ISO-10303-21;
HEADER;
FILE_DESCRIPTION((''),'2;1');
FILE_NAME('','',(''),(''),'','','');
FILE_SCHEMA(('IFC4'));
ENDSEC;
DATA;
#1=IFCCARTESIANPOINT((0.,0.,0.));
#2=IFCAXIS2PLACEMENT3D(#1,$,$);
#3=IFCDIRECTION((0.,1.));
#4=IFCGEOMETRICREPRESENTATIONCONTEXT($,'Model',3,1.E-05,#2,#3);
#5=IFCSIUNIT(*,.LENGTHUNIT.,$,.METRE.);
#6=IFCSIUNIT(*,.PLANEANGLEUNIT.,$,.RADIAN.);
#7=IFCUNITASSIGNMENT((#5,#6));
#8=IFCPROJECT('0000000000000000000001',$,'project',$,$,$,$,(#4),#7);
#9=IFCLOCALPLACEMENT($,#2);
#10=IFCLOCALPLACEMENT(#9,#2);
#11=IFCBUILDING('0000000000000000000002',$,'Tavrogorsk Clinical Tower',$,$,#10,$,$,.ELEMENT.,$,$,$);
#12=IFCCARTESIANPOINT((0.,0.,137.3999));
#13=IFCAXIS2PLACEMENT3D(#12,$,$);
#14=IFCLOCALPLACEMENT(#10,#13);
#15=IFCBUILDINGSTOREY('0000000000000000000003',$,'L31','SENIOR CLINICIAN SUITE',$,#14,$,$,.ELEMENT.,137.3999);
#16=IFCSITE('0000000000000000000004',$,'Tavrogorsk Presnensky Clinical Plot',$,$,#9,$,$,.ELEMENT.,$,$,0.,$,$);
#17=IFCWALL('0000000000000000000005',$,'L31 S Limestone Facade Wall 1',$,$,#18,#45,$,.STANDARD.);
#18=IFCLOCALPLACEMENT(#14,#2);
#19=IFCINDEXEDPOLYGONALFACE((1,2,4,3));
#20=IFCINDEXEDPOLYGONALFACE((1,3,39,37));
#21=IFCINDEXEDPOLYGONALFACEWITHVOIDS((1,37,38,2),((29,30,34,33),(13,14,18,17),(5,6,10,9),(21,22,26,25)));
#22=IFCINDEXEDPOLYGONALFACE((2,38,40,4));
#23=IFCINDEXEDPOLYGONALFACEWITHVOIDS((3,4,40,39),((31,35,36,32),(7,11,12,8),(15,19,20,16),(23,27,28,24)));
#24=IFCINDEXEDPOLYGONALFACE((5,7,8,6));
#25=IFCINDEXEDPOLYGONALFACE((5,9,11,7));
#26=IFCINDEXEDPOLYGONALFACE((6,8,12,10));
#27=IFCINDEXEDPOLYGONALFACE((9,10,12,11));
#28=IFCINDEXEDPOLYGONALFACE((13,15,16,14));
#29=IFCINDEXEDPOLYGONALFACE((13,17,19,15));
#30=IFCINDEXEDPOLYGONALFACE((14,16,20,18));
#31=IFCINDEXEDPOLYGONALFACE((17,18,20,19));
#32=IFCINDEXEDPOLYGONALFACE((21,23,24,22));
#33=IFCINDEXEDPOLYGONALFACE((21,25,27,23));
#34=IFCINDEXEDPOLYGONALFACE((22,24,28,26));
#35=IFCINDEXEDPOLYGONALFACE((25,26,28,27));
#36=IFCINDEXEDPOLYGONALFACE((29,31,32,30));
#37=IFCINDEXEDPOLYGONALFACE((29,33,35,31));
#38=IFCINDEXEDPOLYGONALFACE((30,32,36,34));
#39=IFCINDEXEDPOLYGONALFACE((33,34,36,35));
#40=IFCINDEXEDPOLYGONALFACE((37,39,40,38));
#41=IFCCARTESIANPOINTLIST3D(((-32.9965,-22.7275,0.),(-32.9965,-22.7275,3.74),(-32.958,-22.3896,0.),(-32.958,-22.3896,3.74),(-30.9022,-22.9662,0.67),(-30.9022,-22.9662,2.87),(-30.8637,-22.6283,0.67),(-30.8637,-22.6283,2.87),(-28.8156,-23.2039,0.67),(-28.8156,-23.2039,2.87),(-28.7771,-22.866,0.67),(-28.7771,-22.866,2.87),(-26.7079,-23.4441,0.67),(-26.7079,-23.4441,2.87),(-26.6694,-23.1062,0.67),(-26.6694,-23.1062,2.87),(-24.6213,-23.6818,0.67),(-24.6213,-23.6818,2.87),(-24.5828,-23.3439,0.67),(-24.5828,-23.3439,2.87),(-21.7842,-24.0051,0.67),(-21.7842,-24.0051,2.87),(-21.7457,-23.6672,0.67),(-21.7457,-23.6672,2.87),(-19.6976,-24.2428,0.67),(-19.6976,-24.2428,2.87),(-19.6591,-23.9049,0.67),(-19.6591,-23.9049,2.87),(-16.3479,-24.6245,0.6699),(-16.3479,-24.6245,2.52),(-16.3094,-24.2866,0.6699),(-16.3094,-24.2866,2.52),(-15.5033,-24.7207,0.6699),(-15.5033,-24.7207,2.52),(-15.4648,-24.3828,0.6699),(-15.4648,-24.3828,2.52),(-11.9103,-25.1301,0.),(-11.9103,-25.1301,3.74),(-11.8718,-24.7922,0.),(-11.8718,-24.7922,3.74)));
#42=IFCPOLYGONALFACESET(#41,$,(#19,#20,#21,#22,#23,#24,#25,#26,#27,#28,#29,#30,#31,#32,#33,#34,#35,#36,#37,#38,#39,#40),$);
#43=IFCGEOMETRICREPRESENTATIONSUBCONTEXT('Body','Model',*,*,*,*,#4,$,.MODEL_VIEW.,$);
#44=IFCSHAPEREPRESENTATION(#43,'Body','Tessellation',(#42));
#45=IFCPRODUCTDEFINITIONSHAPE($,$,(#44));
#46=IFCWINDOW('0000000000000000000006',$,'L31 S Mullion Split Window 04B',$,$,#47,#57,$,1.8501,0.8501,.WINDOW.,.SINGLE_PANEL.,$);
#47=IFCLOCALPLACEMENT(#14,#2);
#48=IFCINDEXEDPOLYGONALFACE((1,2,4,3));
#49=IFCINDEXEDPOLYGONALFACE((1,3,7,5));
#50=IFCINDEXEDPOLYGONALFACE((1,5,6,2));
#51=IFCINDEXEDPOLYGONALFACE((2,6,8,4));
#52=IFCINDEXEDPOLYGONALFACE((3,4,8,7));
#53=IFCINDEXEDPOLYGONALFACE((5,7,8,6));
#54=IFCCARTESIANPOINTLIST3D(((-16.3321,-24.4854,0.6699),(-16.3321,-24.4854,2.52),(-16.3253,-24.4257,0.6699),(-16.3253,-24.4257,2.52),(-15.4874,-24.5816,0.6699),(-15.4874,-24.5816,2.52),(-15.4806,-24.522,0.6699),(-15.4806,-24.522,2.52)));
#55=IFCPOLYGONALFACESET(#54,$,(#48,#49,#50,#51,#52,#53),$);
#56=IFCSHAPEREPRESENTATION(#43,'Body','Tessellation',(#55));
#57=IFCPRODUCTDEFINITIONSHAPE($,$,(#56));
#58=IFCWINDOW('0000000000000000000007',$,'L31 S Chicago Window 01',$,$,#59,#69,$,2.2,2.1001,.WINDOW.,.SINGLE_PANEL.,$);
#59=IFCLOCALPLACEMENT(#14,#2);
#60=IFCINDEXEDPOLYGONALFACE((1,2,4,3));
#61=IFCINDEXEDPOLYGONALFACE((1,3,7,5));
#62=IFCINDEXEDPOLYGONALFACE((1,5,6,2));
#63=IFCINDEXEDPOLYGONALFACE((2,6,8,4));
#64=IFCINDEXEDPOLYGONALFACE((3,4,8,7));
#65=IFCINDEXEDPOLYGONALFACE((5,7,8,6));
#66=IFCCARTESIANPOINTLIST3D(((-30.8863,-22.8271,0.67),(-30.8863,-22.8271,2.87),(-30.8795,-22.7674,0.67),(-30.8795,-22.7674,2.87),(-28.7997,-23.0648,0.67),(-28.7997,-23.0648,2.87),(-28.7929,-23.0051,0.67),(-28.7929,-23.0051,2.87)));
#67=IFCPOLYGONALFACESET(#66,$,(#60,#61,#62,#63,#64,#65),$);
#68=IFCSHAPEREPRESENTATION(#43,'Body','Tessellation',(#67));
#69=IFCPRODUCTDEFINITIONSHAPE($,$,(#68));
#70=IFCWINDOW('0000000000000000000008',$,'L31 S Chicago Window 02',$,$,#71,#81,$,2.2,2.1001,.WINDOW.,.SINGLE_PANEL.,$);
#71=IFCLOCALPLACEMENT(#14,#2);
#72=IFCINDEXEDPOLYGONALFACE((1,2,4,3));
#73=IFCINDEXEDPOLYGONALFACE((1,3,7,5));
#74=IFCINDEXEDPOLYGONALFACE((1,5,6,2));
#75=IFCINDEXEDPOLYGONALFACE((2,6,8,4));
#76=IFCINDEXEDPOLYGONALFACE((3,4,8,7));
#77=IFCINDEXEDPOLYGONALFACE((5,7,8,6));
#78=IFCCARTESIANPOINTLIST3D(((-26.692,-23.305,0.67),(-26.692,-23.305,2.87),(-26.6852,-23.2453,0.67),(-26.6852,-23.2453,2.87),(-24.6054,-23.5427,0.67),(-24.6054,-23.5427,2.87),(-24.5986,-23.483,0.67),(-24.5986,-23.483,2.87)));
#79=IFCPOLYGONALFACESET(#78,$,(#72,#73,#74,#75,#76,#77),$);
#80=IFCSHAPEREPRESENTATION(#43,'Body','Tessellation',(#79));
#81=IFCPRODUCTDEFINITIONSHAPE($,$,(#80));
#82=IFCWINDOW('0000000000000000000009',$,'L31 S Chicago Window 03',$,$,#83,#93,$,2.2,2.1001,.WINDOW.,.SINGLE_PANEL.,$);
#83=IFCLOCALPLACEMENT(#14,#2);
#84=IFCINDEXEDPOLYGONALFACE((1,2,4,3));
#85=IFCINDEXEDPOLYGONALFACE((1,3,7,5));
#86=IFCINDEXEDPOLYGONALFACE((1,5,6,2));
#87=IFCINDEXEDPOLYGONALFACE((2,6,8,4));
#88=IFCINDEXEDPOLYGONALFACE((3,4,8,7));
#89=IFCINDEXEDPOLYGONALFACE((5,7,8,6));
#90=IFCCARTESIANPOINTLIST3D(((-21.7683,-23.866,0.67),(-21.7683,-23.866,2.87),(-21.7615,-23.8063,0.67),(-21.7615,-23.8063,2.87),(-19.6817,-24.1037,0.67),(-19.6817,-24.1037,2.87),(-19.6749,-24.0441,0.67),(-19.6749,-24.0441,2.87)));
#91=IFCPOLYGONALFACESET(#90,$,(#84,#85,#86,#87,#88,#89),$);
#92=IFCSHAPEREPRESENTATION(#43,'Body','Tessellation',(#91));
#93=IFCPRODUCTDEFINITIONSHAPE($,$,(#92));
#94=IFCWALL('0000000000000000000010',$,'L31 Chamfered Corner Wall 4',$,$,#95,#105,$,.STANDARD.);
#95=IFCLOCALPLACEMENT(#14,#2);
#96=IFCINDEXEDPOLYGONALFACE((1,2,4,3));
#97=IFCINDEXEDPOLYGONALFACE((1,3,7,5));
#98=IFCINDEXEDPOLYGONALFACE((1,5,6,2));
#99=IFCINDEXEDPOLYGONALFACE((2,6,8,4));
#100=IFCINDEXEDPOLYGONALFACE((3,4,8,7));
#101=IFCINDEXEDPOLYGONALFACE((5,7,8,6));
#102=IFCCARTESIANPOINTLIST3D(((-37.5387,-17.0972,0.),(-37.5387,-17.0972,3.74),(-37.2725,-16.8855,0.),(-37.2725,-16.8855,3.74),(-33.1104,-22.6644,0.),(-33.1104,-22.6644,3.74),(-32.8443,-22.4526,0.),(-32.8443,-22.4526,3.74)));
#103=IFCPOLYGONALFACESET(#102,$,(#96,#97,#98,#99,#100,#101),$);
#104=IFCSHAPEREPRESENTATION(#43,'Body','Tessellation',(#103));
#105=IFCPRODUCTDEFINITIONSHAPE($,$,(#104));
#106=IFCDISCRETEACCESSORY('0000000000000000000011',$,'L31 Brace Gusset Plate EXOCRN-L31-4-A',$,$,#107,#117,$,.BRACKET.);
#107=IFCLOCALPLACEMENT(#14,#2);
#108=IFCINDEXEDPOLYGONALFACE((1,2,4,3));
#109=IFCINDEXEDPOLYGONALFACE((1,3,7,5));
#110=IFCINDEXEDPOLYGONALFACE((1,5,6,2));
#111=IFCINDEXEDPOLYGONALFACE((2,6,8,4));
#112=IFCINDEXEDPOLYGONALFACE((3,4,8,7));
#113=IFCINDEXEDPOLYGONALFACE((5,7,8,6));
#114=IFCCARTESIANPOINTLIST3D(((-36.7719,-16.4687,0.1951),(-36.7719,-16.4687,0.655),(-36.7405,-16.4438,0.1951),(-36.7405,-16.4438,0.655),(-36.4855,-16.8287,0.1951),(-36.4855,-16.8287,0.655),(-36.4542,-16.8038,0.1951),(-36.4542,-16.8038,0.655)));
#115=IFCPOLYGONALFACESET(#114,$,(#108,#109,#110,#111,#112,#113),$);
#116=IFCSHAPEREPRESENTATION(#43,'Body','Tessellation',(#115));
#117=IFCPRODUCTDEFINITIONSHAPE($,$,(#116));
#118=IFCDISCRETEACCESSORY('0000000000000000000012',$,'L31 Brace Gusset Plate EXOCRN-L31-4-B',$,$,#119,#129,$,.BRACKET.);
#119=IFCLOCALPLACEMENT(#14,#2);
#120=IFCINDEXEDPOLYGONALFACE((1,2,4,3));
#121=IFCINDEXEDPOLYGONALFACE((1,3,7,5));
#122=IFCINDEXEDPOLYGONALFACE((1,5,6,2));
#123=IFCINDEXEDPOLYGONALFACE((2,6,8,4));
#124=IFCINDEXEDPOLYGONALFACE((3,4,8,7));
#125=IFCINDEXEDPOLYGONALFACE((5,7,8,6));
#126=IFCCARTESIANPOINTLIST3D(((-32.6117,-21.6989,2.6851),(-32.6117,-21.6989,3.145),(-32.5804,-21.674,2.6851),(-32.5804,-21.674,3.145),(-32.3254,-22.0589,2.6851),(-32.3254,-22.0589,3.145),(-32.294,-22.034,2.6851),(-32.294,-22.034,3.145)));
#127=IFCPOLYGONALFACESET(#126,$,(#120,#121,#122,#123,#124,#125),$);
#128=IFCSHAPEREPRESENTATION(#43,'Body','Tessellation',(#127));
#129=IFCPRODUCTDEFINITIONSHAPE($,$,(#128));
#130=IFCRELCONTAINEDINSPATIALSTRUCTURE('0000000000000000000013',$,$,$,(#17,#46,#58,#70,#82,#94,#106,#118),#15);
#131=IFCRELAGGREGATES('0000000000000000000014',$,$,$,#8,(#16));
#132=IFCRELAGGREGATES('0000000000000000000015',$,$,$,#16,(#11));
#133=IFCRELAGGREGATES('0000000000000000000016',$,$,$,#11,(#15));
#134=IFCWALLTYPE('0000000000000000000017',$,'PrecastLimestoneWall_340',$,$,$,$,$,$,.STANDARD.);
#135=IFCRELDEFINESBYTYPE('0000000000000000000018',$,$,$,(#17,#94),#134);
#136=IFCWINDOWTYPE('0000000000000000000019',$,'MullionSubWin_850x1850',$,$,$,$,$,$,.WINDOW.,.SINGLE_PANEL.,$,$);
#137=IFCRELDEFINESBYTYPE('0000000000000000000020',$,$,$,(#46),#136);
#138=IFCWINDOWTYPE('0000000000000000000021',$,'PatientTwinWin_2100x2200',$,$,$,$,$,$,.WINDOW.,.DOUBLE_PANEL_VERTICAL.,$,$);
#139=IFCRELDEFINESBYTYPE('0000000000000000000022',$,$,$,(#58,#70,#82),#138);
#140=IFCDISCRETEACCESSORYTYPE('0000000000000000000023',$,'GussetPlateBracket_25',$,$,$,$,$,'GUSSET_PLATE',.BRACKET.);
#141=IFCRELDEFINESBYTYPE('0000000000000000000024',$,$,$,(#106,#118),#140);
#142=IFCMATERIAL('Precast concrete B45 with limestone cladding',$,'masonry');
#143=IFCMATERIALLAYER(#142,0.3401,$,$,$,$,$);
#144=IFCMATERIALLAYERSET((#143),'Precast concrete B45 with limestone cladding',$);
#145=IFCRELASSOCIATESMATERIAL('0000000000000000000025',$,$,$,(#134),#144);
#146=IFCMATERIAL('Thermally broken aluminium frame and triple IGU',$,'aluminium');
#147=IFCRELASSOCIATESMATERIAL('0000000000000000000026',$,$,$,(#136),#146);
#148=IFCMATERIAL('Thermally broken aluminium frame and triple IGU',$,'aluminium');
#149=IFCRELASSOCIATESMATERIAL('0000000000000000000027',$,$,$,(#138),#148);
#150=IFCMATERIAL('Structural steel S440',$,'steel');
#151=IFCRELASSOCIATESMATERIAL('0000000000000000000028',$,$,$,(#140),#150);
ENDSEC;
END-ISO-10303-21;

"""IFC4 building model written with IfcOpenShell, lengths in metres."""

from ifc_helpers import new_model, si_unit, direction, frame, frame_2d, origin, origin_2d, place, context, subcontext, project, spatial, rectangle, extrude, material, layer, layer_set, type_object, element, fill, save


model = new_model("IFC4")

# Units and contexts
model_context = context("Model", 3, precision=1e-05, world=origin(), true_north=direction((0.0, 1.0)))
body_context = subcontext(model_context, "Body", "Model", "MODEL_VIEW")
ifc_project = project(units=[si_unit("LENGTHUNIT", "METRE"), si_unit("PLANEANGLEUNIT", "RADIAN")], contexts=[model_context])

# Site, building, storey
site_placement = place(None, origin())
site = spatial("IfcSite", under=ifc_project, at=site_placement, Name="Tavrogorsk Presnensky Clinical Plot", CompositionType="ELEMENT", RefElevation=0.0)
building_placement = place(site_placement, origin())
building = spatial("IfcBuilding", under=site, at=building_placement, Name="Tavrogorsk Clinical Tower", CompositionType="ELEMENT")
storey_placement = place(building_placement, frame((0.0, 0.0, 137.3999)))
storey = spatial("IfcBuildingStorey", under=building, at=storey_placement, Name="L31", Description="SENIOR CLINICIAN SUITE", CompositionType="ELEMENT", Elevation=137.3999)

# Wall, openings, windows
ifc_material_1 = material(Name="Precast concrete B45 with limestone cladding", Category="masonry")
ifc_layer_1 = layer(ifc_material_1, 0.3401)
ifc_layer_set_1 = layer_set([ifc_layer_1], Name="Precast concrete B45 with limestone cladding")
wall_type_1 = type_object("IfcWallType", Name="PrecastLimestoneWall_340", PredefinedType="STANDARD", material=ifc_layer_set_1)
wall_1_placement = place(storey_placement, frame((-32.9773, -22.5586, 0.0), z_axis=(0.0, 0.0, 1.0), x_axis=(0.993571, -0.113209, 0.0)))
wall_1 = element("IfcWall", 1, at=wall_1_placement, inside=storey, type_object=wall_type_1, Name="L31 S Limestone Facade Wall 1", PredefinedType="STANDARD", context=body_context, shape_type="SweptSolid", body=[
    extrude(rectangle(XDim=21.2227, YDim=0.3401, at=frame_2d((10.6113, 0.0))), origin(), (0.0, 0.0, 1.0), 3.74),
])
opening_1_placement = place(wall_1_placement, frame((2.1079, 0.0, 0.6699)))
opening_1 = element("IfcOpeningElement", 2, at=opening_1_placement, cuts=wall_1, PredefinedType="OPENING", context=body_context, shape_type="SweptSolid", body=[
    extrude(rectangle(XDim=2.1001, YDim=2.2, at=frame_2d((1.05, 1.1001))), frame((0.0, 0.1799, 0.0), z_axis=(0.0, -1.0, 0.0), x_axis=(1.0, 0.0, 0.0)), (0.0, 0.0, 1.0), 0.3601),
])
opening_2_placement = place(wall_1_placement, frame((6.3293, 0.0, 0.6699)))
opening_2 = element("IfcOpeningElement", 3, at=opening_2_placement, cuts=wall_1, PredefinedType="OPENING", context=body_context, shape_type="SweptSolid", body=[
    extrude(rectangle(XDim=2.1001, YDim=2.2, at=frame_2d((1.05, 1.1001))), frame((0.0, 0.1799, 0.0), z_axis=(0.0, -1.0, 0.0), x_axis=(1.0, 0.0, 0.0)), (0.0, 0.0, 1.0), 0.3601),
])
opening_3_placement = place(wall_1_placement, frame((11.2849, 0.0, 0.6699)))
opening_3 = element("IfcOpeningElement", 4, at=opening_3_placement, cuts=wall_1, PredefinedType="OPENING", context=body_context, shape_type="SweptSolid", body=[
    extrude(rectangle(XDim=2.1001, YDim=2.2, at=frame_2d((1.05, 1.1001))), frame((0.0, 0.1799, 0.0), z_axis=(0.0, -1.0, 0.0), x_axis=(1.0, 0.0, 0.0)), (0.0, 0.0, 1.0), 0.3601),
])
opening_4_placement = place(wall_1_placement, frame((16.7563, 0.0, 0.6699)))
opening_4 = element("IfcOpeningElement", 5, at=opening_4_placement, cuts=wall_1, PredefinedType="OPENING", context=body_context, shape_type="SweptSolid", body=[
    extrude(rectangle(XDim=0.8501, YDim=1.8501, at=frame_2d((0.425, 0.925))), frame((0.0, 0.1799, 0.0), z_axis=(0.0, -1.0, 0.0), x_axis=(1.0, 0.0, 0.0)), (0.0, 0.0, 1.0), 0.3601),
])
ifc_material_2 = material(Name="Thermally broken aluminium frame and triple IGU", Category="aluminium")
window_type_1 = type_object("IfcWindowType", Name="MullionSubWin_850x1850", PartitioningType="SINGLE_PANEL", PredefinedType="WINDOW", material=ifc_material_2)
window_1_placement = place(opening_4_placement, origin())
window_1 = element("IfcWindow", 6, at=window_1_placement, inside=storey, type_object=window_type_1, Name="L31 S Mullion Split Window 04B", OverallHeight=1.8501, OverallWidth=0.8501, PartitioningType="SINGLE_PANEL", PredefinedType="WINDOW", context=body_context, shape_type="SweptSolid", body=[
    extrude(rectangle(XDim=0.8501, YDim=1.8501, at=frame_2d((0.425, 0.925))), frame((0.0, 0.03, 0.0), z_axis=(0.0, -1.0, 0.0), x_axis=(1.0, 0.0, 0.0)), (0.0, 0.0, 1.0), 0.0601),
])
fill(opening_4, window_1)
ifc_material_3 = material(Name="Thermally broken aluminium frame and triple IGU", Category="aluminium")
window_type_2 = type_object("IfcWindowType", Name="PatientTwinWin_2100x2200", PartitioningType="DOUBLE_PANEL_VERTICAL", PredefinedType="WINDOW", material=ifc_material_3)
window_2_placement = place(opening_1_placement, origin())
window_2 = element("IfcWindow", 7, at=window_2_placement, inside=storey, type_object=window_type_2, Name="L31 S Chicago Window 01", OverallHeight=2.2, OverallWidth=2.1001, PartitioningType="SINGLE_PANEL", PredefinedType="WINDOW", context=body_context, shape_type="SweptSolid", body=[
    extrude(rectangle(XDim=2.1001, YDim=2.2, at=frame_2d((1.05, 1.1001))), frame((0.0, 0.03, 0.0), z_axis=(0.0, -1.0, 0.0), x_axis=(1.0, 0.0, 0.0)), (0.0, 0.0, 1.0), 0.0601),
])
fill(opening_1, window_2)
window_3_placement = place(opening_2_placement, origin())
window_3 = element("IfcWindow", 8, at=window_3_placement, inside=storey, type_object=window_type_2, Name="L31 S Chicago Window 02", OverallHeight=2.2, OverallWidth=2.1001, PartitioningType="SINGLE_PANEL", PredefinedType="WINDOW", context=body_context, shape_type="SweptSolid", body=[
    extrude(rectangle(XDim=2.1001, YDim=2.2, at=frame_2d((1.05, 1.1001))), frame((0.0, 0.03, 0.0), z_axis=(0.0, -1.0, 0.0), x_axis=(1.0, 0.0, 0.0)), (0.0, 0.0, 1.0), 0.0601),
])
fill(opening_2, window_3)
window_4_placement = place(opening_3_placement, origin())
window_4 = element("IfcWindow", 9, at=window_4_placement, inside=storey, type_object=window_type_2, Name="L31 S Chicago Window 03", OverallHeight=2.2, OverallWidth=2.1001, PartitioningType="SINGLE_PANEL", PredefinedType="WINDOW", context=body_context, shape_type="SweptSolid", body=[
    extrude(rectangle(XDim=2.1001, YDim=2.2, at=frame_2d((1.05, 1.1001))), frame((0.0, 0.03, 0.0), z_axis=(0.0, -1.0, 0.0), x_axis=(1.0, 0.0, 0.0)), (0.0, 0.0, 1.0), 0.0601),
])
fill(opening_3, window_4)

# Wall
wall_2_placement = place(storey_placement, frame((-37.4055, -16.9915, 0.0), z_axis=(0.0, 0.0, 1.0), x_axis=(0.622508, -0.782614, 0.0)))
element("IfcWall", 10, at=wall_2_placement, inside=storey, type_object=wall_type_1, Name="L31 Chamfered Corner Wall 4", PredefinedType="STANDARD", context=body_context, shape_type="SweptSolid", body=[
    extrude(rectangle(XDim=7.1135, YDim=0.3401, at=frame_2d((3.5566, 0.0))), origin(), (0.0, 0.0, 1.0), 3.74),
])

# Discrete accessories
ifc_material_4 = material(Name="Structural steel S440", Category="steel")
discrete_accessory_type = type_object("IfcDiscreteAccessoryType", Name="GussetPlateBracket_25", ElementType="GUSSET_PLATE", PredefinedType="BRACKET", material=ifc_material_4)
for number, where, z_axis, x_axis, name in (
    (11, (-36.613, -16.6362, 0.1951), (0.0, 0.0, 1.0), (0.622515, -0.782608, 0.0), "L31 Brace Gusset Plate EXOCRN-L31-4-A"),
    (12, (-32.4529, -21.8665, 2.6851), (0.0, 0.0, 1.0), (0.622515, -0.782608, 0.0), "L31 Brace Gusset Plate EXOCRN-L31-4-B"),
):
    element("IfcDiscreteAccessory", number, at=place(storey_placement, frame(where, z_axis=z_axis, x_axis=x_axis)), inside=storey, type_object=discrete_accessory_type, Name=name, PredefinedType="BRACKET", context=body_context, shape_type="SweptSolid", body=[
        extrude(rectangle(XDim=0.46, YDim=0.04, at=origin_2d()), origin(), (0.0, 0.0, 1.0), 0.46),
    ])

save(model, "model.ifc")
